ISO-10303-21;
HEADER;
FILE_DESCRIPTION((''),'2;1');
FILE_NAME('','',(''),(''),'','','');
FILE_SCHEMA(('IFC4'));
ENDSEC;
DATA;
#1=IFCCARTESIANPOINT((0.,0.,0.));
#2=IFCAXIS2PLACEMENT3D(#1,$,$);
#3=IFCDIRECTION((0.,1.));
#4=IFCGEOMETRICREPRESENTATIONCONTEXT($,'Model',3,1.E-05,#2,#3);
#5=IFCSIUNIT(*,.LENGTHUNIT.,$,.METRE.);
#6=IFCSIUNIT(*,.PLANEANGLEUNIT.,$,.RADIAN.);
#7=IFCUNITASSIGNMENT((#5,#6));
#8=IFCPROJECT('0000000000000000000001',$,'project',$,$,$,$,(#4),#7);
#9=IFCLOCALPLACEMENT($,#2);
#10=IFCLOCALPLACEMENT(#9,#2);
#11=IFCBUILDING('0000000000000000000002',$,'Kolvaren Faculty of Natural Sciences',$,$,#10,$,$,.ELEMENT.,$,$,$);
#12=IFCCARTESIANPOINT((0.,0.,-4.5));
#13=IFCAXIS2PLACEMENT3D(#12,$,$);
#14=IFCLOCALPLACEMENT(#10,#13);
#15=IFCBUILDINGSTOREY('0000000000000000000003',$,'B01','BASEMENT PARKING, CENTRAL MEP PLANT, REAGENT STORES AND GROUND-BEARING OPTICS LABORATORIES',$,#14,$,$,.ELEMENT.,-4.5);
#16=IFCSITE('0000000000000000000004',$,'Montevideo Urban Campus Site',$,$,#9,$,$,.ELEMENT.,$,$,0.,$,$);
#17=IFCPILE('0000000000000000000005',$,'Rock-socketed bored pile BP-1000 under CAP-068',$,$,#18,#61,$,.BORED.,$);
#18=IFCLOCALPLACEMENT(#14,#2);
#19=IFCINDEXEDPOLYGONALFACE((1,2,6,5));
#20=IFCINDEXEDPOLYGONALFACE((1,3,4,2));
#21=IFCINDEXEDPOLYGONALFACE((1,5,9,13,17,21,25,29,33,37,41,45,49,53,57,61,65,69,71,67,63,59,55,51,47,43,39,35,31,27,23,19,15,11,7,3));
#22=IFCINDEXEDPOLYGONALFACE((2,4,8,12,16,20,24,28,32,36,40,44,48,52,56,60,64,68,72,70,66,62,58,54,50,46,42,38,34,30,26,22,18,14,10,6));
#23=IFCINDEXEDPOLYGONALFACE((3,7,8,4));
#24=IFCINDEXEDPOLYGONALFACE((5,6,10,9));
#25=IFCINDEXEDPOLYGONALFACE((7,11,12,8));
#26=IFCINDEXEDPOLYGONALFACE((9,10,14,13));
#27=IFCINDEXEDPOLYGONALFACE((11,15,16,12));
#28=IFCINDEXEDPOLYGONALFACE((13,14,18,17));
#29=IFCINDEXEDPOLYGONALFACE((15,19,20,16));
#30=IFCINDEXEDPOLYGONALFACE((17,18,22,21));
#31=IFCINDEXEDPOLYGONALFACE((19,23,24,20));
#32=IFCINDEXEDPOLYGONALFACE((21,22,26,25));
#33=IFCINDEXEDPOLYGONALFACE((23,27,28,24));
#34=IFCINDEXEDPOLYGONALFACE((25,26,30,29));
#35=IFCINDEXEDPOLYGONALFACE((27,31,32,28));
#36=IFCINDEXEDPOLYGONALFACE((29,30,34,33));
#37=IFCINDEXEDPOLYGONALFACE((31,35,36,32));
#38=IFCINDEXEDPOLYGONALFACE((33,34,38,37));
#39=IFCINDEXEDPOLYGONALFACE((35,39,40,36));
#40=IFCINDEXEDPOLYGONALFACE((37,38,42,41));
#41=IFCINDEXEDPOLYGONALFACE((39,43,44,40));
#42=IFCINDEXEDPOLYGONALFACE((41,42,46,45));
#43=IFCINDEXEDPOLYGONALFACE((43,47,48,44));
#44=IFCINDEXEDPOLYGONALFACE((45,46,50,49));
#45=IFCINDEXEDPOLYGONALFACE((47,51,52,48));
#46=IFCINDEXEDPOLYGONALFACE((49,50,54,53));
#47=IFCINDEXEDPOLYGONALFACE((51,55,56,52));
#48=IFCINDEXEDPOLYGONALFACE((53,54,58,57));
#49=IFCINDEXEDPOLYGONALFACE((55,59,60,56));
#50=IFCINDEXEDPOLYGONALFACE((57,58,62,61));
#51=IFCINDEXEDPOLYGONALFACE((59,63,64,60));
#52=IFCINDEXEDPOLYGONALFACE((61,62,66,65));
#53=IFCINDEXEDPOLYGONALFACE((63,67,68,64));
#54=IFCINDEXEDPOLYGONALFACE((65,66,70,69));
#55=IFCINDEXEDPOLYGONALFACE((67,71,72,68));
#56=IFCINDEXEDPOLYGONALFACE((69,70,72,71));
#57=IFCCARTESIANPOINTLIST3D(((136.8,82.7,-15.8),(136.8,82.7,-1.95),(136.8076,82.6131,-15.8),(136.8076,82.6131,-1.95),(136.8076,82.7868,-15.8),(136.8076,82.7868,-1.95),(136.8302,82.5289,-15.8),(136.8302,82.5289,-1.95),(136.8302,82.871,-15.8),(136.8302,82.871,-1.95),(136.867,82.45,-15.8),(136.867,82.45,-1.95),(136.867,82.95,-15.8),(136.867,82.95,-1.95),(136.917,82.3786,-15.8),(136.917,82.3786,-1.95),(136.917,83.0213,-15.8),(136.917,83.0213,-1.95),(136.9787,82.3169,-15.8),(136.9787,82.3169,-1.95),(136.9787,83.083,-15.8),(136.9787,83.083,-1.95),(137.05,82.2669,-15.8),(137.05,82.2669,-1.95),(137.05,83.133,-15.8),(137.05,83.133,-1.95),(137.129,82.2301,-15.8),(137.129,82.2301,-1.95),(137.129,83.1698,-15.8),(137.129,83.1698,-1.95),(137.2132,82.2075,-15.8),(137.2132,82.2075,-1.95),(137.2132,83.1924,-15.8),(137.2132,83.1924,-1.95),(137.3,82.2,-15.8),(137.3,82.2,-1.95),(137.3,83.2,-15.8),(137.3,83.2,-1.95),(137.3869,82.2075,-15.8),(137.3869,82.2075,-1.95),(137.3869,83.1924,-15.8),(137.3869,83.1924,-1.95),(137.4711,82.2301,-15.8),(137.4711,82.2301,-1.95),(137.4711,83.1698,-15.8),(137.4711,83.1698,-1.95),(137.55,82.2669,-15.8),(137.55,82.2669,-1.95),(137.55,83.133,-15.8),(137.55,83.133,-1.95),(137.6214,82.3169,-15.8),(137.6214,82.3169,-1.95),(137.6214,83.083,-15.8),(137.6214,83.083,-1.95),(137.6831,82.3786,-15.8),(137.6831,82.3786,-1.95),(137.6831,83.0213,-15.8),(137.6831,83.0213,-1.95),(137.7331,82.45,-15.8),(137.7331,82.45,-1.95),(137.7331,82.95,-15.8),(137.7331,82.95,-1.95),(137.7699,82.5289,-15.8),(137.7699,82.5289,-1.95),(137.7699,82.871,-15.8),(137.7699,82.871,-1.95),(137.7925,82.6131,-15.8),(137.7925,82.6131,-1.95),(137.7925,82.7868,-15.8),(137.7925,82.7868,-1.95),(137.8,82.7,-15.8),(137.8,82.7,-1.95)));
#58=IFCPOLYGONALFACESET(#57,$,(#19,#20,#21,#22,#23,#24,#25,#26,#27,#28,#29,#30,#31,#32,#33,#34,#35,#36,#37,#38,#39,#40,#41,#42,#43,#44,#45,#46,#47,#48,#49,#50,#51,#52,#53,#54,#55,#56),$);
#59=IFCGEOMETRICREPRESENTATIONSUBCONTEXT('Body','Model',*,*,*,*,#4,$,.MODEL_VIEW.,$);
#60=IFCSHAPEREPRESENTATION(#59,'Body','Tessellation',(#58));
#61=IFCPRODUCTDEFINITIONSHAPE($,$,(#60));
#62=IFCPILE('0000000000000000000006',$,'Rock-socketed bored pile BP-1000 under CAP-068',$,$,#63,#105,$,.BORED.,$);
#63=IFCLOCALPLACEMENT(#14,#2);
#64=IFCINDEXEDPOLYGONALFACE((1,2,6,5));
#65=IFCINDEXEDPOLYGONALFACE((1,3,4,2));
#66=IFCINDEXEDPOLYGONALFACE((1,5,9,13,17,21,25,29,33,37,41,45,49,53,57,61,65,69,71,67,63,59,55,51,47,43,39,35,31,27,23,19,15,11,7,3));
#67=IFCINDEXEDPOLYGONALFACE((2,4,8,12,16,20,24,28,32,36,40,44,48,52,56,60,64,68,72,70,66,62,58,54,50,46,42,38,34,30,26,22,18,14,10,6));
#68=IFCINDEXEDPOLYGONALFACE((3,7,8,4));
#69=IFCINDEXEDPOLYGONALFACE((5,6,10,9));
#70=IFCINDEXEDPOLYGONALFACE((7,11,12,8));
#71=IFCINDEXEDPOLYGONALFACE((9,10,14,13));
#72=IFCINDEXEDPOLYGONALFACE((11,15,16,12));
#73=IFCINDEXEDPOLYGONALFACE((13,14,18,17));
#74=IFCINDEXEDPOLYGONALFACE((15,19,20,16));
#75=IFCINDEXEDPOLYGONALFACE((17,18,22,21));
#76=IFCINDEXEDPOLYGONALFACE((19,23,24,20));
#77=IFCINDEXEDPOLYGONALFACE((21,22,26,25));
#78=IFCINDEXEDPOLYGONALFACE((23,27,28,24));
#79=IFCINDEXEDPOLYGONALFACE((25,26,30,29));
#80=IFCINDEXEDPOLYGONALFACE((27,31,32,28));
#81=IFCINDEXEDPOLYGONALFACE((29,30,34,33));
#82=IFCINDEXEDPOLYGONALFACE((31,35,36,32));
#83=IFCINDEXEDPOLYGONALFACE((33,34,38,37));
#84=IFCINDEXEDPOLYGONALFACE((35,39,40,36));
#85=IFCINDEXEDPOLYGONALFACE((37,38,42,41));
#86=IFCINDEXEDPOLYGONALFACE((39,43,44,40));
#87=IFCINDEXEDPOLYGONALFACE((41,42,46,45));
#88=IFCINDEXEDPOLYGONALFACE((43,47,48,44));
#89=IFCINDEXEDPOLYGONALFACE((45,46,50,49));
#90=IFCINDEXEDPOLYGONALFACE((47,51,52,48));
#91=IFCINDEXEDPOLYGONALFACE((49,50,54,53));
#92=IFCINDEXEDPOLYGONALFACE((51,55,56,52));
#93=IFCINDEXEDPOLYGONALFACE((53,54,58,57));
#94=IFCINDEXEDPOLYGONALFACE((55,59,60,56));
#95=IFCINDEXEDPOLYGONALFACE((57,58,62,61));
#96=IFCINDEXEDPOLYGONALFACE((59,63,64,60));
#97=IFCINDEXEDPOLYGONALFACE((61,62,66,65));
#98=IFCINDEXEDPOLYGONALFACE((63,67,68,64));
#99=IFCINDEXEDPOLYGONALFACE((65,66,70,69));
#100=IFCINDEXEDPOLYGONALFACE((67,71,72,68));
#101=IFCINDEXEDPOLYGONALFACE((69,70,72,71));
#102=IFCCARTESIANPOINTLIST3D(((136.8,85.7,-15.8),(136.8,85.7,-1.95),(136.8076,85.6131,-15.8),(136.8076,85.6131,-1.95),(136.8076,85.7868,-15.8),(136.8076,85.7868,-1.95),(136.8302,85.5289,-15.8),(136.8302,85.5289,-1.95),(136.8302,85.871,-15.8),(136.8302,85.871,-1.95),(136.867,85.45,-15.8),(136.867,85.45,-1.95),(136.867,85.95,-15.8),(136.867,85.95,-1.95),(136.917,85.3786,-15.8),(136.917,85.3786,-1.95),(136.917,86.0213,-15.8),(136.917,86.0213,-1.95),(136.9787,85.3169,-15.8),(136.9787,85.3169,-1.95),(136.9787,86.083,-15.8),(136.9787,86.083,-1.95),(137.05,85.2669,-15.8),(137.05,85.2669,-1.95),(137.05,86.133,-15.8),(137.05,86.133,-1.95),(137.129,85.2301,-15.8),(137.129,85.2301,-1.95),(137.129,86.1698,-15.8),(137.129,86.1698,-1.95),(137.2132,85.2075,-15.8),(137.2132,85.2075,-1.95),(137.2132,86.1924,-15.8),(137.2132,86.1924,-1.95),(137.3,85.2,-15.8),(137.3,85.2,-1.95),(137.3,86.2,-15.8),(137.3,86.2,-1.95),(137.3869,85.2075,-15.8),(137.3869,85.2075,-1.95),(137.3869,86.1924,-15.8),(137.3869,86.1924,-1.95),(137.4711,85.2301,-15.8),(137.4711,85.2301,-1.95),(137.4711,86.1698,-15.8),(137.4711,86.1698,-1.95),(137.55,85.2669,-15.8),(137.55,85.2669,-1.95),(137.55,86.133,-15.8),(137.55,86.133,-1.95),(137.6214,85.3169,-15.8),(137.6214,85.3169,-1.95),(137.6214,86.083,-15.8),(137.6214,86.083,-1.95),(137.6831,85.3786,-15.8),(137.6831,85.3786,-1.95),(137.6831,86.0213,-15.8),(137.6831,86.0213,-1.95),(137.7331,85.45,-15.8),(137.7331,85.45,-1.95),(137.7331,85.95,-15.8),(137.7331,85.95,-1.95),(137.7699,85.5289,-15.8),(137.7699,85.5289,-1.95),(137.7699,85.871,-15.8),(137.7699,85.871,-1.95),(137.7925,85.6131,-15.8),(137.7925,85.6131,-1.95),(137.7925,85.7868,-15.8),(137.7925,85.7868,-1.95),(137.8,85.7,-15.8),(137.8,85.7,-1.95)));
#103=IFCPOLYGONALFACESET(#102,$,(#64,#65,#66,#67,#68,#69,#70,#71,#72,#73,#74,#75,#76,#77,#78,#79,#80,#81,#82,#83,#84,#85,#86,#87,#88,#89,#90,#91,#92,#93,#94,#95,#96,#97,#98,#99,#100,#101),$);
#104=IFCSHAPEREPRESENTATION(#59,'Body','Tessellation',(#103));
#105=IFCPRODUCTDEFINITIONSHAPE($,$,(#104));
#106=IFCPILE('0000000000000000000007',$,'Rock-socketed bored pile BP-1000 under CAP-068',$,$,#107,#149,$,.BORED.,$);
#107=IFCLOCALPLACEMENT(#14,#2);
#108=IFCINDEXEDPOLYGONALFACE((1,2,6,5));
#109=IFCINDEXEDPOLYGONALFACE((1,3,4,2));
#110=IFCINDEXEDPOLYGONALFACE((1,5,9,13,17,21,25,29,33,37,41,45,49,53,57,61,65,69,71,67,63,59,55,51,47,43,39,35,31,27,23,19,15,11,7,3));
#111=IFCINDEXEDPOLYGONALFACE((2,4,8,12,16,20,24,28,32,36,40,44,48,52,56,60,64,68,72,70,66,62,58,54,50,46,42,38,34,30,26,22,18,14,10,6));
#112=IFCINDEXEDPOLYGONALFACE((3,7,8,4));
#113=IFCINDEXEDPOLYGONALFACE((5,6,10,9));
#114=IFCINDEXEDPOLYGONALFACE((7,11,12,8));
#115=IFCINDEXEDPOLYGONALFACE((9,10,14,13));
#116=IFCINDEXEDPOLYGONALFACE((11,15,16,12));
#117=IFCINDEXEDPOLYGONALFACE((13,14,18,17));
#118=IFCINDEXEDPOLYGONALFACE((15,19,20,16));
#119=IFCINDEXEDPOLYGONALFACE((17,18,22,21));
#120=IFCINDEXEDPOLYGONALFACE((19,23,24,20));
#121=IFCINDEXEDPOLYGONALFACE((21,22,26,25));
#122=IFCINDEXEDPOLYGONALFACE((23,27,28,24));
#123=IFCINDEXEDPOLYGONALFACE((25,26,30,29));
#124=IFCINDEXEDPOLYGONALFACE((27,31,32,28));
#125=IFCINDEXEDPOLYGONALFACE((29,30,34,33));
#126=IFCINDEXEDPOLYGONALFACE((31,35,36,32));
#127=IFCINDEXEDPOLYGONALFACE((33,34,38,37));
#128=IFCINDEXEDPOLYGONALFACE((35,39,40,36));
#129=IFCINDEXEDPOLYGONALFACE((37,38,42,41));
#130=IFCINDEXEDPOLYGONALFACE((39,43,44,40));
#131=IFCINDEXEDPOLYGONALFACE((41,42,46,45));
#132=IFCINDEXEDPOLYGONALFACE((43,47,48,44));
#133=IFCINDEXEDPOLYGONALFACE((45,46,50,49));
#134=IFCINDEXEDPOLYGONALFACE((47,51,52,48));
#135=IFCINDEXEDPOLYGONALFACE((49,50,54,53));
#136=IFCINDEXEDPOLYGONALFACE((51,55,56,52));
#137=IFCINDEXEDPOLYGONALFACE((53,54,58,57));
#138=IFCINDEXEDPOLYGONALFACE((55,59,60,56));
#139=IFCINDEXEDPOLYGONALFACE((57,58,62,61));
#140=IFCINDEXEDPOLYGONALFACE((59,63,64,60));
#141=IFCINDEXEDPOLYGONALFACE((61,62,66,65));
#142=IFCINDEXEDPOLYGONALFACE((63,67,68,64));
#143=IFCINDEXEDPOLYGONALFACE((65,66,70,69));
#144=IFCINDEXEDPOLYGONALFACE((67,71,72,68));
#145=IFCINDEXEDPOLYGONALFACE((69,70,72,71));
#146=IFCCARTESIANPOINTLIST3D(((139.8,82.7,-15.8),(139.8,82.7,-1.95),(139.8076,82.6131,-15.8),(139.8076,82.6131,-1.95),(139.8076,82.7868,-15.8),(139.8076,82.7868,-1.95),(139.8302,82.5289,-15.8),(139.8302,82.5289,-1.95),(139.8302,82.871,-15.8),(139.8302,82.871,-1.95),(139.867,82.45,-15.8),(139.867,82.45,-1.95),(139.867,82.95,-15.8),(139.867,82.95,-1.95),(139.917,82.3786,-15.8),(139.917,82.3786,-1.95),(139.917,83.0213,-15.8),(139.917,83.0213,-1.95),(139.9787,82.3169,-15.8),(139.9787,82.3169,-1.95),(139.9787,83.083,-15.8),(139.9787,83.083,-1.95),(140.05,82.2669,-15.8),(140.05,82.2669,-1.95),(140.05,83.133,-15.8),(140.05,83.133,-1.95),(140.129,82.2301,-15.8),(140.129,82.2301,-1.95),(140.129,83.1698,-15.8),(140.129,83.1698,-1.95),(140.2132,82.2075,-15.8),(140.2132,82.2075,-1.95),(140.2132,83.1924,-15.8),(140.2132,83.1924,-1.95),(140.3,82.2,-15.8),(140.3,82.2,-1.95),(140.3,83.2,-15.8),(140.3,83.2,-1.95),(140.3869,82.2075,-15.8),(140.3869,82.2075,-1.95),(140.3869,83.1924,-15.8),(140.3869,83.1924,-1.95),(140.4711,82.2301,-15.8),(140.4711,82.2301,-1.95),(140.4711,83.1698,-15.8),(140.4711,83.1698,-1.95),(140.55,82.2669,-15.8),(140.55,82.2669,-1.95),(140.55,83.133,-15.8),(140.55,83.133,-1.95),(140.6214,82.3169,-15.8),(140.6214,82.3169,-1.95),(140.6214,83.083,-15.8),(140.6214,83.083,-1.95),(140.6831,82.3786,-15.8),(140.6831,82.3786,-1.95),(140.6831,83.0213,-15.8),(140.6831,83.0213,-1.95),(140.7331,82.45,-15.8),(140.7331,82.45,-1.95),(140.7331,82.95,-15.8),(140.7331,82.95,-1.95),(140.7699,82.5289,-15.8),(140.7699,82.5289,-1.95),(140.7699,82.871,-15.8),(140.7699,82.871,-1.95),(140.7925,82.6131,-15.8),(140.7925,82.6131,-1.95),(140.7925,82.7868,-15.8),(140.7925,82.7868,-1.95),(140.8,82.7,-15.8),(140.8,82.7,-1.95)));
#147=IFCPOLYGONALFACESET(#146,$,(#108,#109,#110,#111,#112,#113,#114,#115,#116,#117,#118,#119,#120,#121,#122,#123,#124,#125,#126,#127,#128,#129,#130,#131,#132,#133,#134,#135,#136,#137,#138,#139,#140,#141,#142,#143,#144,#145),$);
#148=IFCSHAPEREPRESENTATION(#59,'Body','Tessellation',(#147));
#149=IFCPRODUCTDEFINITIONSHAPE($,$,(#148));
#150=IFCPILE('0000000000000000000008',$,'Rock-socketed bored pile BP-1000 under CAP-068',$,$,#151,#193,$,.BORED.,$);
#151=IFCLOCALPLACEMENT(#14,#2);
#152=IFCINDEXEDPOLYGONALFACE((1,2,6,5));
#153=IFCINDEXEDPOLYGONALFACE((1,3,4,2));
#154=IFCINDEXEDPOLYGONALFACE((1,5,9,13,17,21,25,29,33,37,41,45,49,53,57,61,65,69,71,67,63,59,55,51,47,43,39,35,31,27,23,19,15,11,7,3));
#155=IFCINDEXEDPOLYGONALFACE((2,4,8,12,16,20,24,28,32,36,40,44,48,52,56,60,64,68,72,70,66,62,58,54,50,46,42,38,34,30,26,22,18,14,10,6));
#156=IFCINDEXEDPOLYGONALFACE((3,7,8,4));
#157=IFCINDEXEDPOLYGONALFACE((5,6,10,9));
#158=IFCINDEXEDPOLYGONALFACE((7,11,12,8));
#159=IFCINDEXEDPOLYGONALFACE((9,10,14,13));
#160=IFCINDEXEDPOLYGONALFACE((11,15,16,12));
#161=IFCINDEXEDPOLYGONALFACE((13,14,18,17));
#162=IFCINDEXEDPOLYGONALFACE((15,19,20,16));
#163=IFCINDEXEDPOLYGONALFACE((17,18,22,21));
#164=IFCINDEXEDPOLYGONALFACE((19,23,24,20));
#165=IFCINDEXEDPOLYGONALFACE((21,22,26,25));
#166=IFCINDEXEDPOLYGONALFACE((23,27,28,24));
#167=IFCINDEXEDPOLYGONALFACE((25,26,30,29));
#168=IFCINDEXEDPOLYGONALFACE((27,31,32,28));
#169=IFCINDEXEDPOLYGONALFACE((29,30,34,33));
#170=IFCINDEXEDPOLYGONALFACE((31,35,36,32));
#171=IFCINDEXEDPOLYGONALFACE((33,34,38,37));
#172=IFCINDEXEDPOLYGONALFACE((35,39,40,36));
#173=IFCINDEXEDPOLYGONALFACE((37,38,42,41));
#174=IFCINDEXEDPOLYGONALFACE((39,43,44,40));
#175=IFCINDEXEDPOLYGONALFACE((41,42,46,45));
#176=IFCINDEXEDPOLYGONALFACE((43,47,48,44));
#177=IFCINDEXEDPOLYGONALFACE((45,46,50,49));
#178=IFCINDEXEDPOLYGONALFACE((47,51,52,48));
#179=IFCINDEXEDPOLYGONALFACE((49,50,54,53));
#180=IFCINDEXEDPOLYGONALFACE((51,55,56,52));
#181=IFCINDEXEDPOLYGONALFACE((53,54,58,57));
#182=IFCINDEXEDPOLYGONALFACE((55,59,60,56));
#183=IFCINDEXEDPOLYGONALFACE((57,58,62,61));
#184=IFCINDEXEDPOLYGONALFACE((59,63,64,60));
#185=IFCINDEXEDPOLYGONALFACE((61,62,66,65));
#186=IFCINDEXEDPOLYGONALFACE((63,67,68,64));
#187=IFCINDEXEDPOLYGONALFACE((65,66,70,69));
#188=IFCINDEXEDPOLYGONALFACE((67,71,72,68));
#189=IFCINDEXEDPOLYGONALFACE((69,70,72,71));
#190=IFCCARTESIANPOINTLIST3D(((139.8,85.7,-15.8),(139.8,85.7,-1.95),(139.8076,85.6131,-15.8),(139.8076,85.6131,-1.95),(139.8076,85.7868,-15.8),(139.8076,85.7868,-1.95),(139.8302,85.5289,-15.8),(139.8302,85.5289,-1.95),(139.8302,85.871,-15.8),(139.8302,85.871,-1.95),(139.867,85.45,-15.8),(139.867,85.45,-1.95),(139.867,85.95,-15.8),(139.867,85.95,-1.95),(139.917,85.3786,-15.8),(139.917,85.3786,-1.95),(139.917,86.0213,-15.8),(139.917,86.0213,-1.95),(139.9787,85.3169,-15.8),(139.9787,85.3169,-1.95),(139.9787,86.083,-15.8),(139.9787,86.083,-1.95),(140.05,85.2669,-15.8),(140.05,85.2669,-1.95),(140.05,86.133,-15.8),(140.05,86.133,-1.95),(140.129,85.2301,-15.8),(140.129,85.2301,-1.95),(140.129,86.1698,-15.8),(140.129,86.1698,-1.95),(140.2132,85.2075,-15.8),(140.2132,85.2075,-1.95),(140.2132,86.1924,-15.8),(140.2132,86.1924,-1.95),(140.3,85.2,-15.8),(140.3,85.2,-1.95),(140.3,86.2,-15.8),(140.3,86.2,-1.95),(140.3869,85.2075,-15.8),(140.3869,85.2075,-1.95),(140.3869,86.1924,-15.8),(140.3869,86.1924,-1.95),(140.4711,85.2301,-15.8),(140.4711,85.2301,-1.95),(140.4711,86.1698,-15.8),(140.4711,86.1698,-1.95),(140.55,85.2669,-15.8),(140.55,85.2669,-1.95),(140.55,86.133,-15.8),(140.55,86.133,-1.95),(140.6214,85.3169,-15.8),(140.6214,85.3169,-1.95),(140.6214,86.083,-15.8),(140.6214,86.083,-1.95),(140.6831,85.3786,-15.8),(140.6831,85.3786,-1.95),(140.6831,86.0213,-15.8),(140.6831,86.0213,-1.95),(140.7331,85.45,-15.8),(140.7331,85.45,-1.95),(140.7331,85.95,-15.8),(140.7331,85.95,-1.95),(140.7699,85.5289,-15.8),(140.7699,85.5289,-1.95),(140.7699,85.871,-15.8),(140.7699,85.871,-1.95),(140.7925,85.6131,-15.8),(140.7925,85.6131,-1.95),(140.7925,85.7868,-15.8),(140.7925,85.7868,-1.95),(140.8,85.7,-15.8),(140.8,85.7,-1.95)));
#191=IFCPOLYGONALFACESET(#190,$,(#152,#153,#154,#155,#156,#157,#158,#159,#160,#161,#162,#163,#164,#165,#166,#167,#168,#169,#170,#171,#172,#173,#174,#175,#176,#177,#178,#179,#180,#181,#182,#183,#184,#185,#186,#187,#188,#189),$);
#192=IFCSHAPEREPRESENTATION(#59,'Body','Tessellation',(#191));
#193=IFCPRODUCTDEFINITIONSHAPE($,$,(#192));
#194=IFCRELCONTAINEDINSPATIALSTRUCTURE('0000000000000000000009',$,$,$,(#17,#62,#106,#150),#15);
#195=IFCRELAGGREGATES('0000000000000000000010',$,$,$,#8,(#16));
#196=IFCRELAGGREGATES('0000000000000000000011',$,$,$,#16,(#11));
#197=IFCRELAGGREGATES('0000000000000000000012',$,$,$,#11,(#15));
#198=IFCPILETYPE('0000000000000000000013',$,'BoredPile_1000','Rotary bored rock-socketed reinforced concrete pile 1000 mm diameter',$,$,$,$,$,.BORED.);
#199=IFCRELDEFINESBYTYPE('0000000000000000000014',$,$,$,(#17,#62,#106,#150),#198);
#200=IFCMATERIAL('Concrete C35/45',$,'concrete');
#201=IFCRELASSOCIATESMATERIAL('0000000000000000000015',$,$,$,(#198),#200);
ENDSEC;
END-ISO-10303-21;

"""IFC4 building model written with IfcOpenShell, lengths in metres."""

from ifc_helpers import new_model, si_unit, direction, frame, origin, origin_2d, place, context, subcontext, project, spatial, circle, extrude, material, material_profile, profile_set, type_object, element, save


model = new_model("IFC4")

# Units and contexts
model_context = context("Model", 3, precision=1e-05, world=origin(), true_north=direction((0.0, 1.0)))
body_context = subcontext(model_context, "Body", "Model", "MODEL_VIEW")
ifc_project = project(units=[si_unit("LENGTHUNIT", "METRE"), si_unit("PLANEANGLEUNIT", "RADIAN")], contexts=[model_context])

# Site, building, storey
site_placement = place(None, origin())
site = spatial("IfcSite", under=ifc_project, at=site_placement, Name="Montevideo Urban Campus Site", CompositionType="ELEMENT", RefElevation=0.0)
building_placement = place(site_placement, origin())
building = spatial("IfcBuilding", under=site, at=building_placement, Name="Kolvaren Faculty of Natural Sciences", CompositionType="ELEMENT")
storey_placement = place(building_placement, frame((0.0, 0.0, -4.5)))
storey = spatial("IfcBuildingStorey", under=building, at=storey_placement, Name="B01", Description="BASEMENT PARKING, CENTRAL MEP PLANT, REAGENT STORES AND GROUND-BEARING OPTICS LABORATORIES", CompositionType="ELEMENT", Elevation=-4.5)

# Piles
ifc_material_1 = material(Name="Concrete C35/45", Category="concrete")
ifc_material_profile_1 = material_profile(ifc_material_1, circle(Radius=0.5, at=origin_2d()), Name="PILE D1000")
ifc_profile_set_1 = profile_set([ifc_material_profile_1], Name="Concrete C35/45")
pile_type = type_object("IfcPileType", Name="BoredPile_1000", Description="Rotary bored rock-socketed reinforced concrete pile 1000 mm diameter", PredefinedType="BORED", material=ifc_profile_set_1)
for number, where, z_axis, x_axis, name in (
    (1, (137.3, 82.7, -1.95), (0.0, 0.0, -1.0), (1.0, 0.0, 0.0), "Rock-socketed bored pile BP-1000 under CAP-068"),
    (2, (137.3, 85.7, -1.95), (0.0, 0.0, -1.0), (1.0, 0.0, 0.0), "Rock-socketed bored pile BP-1000 under CAP-068"),
    (3, (140.3, 82.7, -1.95), (0.0, 0.0, -1.0), (1.0, 0.0, 0.0), "Rock-socketed bored pile BP-1000 under CAP-068"),
    (4, (140.3, 85.7, -1.95), (0.0, 0.0, -1.0), (1.0, 0.0, 0.0), "Rock-socketed bored pile BP-1000 under CAP-068"),
):
    element("IfcPile", number, at=place(storey_placement, frame(where, z_axis=z_axis, x_axis=x_axis)), inside=storey, type_object=pile_type, Name=name, PredefinedType="BORED", context=body_context, shape_type="SweptSolid", body=[
        extrude(circle(Radius=0.5, at=origin_2d()), origin(), (0.0, 0.0, 1.0), 13.8501),
    ])

save(model, "model.ifc")
